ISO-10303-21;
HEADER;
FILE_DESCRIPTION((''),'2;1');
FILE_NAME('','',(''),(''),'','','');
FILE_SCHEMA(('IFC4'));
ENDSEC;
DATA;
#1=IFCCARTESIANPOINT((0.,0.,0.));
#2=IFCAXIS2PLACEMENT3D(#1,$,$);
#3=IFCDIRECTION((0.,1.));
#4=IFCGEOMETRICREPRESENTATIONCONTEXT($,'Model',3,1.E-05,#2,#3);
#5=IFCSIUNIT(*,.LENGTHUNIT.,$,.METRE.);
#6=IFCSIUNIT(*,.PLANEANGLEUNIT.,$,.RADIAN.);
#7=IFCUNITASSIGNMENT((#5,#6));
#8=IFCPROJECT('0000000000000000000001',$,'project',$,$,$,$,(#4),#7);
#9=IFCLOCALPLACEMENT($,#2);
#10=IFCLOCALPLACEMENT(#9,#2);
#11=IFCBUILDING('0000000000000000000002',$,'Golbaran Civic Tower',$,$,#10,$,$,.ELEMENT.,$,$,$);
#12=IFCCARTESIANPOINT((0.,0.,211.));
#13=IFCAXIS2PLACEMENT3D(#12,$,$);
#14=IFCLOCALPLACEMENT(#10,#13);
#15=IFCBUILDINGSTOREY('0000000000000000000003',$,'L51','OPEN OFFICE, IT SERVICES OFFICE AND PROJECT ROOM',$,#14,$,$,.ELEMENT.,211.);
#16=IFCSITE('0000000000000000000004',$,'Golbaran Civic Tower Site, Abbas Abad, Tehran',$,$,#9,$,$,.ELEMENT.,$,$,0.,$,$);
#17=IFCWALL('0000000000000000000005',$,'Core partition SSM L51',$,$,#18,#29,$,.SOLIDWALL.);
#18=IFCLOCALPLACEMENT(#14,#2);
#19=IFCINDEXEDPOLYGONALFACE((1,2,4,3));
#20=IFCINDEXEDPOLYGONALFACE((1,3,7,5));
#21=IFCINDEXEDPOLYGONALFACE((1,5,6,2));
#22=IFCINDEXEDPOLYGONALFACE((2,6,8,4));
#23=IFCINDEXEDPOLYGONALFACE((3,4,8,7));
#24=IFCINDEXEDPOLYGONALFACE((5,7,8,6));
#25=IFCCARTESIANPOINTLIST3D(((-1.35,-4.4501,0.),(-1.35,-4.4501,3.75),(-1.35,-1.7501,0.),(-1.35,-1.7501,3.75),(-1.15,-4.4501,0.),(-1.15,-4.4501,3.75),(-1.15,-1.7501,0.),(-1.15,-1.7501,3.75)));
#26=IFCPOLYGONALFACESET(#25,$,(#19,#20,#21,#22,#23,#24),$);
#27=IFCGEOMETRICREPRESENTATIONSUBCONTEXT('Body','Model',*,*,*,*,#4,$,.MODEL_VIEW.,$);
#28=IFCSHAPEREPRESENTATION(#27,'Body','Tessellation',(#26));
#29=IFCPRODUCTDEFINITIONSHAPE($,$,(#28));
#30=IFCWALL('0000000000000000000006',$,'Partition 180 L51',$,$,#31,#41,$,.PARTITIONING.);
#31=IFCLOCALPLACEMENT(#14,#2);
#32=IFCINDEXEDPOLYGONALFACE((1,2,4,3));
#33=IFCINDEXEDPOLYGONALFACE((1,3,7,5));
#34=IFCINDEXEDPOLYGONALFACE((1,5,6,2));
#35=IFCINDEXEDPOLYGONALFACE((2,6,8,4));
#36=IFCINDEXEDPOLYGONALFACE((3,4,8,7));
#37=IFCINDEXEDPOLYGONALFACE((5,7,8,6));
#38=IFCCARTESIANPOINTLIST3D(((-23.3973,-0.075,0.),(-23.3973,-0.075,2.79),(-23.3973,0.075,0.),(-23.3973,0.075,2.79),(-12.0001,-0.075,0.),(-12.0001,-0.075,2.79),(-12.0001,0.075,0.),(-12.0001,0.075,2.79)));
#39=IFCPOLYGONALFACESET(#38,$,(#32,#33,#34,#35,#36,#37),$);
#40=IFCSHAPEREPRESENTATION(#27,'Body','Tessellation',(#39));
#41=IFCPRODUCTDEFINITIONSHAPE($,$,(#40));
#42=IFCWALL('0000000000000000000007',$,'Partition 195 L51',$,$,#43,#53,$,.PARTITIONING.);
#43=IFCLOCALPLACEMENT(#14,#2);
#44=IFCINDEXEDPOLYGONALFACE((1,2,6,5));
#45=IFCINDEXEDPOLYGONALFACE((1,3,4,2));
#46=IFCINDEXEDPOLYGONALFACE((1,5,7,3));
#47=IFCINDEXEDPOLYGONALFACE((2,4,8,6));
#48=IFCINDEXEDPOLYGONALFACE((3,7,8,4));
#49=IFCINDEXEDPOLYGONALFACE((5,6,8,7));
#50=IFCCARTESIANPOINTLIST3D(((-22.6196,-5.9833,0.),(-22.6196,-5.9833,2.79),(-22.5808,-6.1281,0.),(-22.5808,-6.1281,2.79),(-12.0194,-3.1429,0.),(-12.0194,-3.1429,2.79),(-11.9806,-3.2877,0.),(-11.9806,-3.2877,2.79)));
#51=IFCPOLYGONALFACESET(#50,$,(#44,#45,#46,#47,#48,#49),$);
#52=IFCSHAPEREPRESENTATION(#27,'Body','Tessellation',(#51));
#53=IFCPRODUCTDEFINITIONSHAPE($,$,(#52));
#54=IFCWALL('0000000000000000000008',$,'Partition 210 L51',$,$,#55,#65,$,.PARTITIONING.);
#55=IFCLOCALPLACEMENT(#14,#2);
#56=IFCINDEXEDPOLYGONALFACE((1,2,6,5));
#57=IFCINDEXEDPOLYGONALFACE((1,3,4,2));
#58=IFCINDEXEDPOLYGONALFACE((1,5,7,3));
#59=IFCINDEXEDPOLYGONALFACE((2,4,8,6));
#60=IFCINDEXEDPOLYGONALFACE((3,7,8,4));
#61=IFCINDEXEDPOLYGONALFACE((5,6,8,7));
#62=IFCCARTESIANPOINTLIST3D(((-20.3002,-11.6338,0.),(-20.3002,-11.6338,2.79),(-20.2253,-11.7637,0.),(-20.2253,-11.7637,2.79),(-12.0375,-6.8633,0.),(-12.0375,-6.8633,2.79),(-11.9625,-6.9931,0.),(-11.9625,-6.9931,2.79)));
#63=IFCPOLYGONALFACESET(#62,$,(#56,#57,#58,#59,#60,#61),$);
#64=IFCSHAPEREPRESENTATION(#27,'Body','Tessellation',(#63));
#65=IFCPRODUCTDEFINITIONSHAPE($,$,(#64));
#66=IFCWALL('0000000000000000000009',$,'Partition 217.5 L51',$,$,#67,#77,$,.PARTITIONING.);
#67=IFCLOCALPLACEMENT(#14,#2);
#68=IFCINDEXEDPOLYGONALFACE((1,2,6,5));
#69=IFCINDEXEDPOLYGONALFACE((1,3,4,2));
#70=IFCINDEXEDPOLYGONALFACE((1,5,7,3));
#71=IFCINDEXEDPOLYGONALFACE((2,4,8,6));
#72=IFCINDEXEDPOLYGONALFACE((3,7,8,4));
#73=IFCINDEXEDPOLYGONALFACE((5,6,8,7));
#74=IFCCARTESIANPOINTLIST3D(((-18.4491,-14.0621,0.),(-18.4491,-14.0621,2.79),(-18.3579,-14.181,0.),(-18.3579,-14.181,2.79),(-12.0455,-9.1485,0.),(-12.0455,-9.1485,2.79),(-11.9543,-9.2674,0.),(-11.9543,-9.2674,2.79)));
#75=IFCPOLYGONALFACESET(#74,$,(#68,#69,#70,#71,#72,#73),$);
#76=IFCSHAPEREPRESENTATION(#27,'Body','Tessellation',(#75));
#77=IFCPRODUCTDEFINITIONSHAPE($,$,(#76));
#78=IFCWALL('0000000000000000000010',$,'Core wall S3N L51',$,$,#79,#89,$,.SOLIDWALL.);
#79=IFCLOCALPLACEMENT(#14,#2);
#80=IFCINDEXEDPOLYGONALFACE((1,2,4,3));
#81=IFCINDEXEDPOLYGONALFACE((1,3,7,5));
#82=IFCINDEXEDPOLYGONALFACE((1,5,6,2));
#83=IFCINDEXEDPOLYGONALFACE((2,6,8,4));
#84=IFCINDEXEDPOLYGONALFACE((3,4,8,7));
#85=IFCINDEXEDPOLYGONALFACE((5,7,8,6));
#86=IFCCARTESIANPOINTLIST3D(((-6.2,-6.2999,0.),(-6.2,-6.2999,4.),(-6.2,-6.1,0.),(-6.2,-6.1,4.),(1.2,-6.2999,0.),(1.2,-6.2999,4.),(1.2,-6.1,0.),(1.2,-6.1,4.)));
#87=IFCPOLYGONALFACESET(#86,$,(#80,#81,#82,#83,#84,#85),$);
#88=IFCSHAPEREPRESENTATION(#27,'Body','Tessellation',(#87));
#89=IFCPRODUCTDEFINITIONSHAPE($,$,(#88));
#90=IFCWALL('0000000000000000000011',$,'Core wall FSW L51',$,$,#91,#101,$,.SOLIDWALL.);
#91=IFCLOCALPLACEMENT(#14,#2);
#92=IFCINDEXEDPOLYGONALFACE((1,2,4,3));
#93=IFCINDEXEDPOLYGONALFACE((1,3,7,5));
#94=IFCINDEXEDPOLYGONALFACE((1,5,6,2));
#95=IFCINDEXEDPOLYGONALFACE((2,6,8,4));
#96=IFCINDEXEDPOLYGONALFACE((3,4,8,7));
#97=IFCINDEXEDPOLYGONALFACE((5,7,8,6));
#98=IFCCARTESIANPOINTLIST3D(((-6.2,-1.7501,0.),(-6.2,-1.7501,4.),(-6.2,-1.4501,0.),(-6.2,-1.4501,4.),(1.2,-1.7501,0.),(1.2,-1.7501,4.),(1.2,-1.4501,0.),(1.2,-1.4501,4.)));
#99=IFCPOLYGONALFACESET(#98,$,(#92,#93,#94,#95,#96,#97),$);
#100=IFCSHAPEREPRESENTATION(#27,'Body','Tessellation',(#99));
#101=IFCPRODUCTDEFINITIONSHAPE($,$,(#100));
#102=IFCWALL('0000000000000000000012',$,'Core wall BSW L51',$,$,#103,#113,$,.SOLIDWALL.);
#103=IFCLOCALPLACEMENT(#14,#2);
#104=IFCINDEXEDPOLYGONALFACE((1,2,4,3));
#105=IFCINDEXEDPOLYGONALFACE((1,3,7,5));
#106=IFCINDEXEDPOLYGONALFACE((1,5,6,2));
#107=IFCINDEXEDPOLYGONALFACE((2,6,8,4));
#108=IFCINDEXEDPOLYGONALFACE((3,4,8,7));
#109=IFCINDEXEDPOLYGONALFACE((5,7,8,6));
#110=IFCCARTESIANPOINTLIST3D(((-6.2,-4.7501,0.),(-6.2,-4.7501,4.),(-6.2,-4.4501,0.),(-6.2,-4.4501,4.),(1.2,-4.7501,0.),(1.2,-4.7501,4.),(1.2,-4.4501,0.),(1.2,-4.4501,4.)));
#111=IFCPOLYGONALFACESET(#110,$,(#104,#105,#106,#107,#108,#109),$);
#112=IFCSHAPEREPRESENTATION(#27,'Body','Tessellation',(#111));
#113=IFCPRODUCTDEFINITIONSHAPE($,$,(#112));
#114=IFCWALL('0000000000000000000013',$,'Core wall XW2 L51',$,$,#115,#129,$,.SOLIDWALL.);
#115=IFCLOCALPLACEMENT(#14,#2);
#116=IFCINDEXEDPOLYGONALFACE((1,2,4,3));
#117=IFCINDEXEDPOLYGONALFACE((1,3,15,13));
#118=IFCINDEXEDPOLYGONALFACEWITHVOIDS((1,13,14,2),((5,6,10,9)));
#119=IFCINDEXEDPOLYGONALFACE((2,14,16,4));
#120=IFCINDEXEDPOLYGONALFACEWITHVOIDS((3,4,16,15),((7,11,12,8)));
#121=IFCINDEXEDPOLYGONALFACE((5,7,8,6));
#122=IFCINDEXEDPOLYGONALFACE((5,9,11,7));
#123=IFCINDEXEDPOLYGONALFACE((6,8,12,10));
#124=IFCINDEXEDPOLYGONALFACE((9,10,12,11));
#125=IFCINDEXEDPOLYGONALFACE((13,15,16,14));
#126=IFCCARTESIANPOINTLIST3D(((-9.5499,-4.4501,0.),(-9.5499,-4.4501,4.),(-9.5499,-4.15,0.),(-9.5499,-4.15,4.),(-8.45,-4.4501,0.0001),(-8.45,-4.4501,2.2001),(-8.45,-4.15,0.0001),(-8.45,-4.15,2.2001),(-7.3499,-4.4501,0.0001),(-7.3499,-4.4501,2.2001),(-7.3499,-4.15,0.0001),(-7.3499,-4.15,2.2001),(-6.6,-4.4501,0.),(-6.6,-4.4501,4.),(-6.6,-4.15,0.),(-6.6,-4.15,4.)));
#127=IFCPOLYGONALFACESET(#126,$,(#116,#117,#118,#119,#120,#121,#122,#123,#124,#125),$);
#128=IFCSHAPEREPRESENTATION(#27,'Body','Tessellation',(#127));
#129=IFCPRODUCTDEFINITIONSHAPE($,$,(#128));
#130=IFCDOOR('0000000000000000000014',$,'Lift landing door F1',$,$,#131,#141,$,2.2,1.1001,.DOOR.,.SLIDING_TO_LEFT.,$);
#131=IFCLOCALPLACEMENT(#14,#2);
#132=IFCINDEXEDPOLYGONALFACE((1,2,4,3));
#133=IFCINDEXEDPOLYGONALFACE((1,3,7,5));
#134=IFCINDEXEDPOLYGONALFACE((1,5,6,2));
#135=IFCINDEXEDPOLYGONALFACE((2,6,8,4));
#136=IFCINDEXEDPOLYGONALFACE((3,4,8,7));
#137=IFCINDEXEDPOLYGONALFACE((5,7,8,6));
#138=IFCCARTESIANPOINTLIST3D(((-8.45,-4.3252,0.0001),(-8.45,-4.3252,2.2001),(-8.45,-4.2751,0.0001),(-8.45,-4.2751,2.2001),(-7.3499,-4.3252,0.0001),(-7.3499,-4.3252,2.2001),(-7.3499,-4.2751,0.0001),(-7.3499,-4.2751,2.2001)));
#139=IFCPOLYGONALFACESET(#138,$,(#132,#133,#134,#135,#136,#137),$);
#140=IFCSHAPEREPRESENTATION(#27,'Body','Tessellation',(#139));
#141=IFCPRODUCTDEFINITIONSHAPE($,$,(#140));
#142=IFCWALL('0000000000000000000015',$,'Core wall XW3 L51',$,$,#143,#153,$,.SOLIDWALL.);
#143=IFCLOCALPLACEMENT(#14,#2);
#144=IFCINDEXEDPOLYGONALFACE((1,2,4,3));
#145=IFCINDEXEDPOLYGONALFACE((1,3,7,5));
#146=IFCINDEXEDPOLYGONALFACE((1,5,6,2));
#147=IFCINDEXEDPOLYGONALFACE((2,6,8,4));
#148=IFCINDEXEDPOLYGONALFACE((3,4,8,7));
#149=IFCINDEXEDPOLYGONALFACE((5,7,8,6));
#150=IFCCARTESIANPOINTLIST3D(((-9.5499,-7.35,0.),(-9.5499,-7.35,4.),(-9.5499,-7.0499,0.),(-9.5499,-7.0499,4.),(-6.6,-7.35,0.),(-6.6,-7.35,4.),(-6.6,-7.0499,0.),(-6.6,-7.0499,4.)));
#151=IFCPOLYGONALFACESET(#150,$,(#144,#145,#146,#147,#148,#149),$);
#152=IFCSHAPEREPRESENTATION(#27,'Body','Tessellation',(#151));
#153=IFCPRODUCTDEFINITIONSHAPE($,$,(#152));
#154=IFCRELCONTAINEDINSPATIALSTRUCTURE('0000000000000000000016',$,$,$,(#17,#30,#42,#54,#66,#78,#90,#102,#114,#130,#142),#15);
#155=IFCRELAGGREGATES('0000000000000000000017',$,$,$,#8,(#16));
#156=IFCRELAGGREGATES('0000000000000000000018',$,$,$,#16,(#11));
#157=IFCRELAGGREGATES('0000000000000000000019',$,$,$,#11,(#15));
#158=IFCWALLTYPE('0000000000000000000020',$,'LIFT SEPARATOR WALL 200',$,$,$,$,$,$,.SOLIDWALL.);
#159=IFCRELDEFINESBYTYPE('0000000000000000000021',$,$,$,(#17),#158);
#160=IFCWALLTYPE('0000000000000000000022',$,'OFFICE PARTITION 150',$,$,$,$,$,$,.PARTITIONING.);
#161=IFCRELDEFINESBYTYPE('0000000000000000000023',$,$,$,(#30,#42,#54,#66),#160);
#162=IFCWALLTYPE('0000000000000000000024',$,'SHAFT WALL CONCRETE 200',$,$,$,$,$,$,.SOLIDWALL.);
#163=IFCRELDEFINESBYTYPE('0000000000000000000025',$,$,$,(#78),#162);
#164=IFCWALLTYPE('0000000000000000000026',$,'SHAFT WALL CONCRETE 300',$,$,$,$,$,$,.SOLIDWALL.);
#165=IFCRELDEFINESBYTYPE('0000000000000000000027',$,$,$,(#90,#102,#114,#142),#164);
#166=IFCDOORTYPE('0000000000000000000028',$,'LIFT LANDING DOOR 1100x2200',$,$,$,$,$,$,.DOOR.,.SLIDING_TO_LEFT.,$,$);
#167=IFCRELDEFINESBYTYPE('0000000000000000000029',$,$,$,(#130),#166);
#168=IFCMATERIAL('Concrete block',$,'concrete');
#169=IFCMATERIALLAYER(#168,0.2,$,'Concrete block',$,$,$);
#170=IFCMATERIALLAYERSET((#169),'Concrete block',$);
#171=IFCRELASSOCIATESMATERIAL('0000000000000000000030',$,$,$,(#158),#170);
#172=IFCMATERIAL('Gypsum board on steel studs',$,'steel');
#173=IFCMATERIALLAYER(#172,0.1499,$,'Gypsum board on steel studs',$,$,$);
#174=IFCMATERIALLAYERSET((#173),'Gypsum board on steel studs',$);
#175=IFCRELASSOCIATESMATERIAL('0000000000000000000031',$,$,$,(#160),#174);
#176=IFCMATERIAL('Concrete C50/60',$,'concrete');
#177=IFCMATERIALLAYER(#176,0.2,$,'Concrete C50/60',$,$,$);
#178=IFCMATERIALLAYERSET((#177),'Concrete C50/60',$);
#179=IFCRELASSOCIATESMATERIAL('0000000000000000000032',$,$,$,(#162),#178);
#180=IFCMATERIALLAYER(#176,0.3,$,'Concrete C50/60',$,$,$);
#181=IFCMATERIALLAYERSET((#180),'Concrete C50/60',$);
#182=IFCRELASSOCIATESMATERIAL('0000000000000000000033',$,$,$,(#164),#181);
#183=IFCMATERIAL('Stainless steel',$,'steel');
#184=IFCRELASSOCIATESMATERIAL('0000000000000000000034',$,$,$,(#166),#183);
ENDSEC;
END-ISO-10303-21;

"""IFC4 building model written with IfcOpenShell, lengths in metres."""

from ifc_helpers import new_model, si_unit, direction, frame, frame_2d, origin, place, context, subcontext, project, spatial, rectangle, extrude, material, layer, layer_set, type_object, element, fill, save


model = new_model("IFC4")

# Units and contexts
model_context = context("Model", 3, precision=1e-05, world=origin(), true_north=direction((0.0, 1.0)))
body_context = subcontext(model_context, "Body", "Model", "MODEL_VIEW")
ifc_project = project(units=[si_unit("LENGTHUNIT", "METRE"), si_unit("PLANEANGLEUNIT", "RADIAN")], contexts=[model_context])

# Site, building, storey
site_placement = place(None, origin())
site = spatial("IfcSite", under=ifc_project, at=site_placement, Name="Golbaran Civic Tower Site, Abbas Abad, Tehran", CompositionType="ELEMENT", RefElevation=0.0)
building_placement = place(site_placement, origin())
building = spatial("IfcBuilding", under=site, at=building_placement, Name="Golbaran Civic Tower", CompositionType="ELEMENT")
storey_placement = place(building_placement, frame((0.0, 0.0, 211.0)))
storey = spatial("IfcBuildingStorey", under=building, at=storey_placement, Name="L51", Description="OPEN OFFICE, IT SERVICES OFFICE AND PROJECT ROOM", CompositionType="ELEMENT", Elevation=211.0)

# Shared definitions
ifc_material_1 = material(Name="Concrete C50/60", Category="concrete")

# Walls
ifc_material_2 = material(Name="Concrete block", Category="concrete")
ifc_layer_1 = layer(ifc_material_2, 0.2, Name="Concrete block")
ifc_layer_set_1 = layer_set([ifc_layer_1], Name="Concrete block")
wall_type_1 = type_object("IfcWallType", Name="LIFT SEPARATOR WALL 200", PredefinedType="SOLIDWALL", material=ifc_layer_set_1)
for number, where, z_axis, x_axis, name in (
    (1, (-1.25, -1.75, 0.0), (0.0, 0.0, 1.0), (0.0, -1.0, 0.0), "Core partition SSM L51"),
):
    element("IfcWall", number, at=place(storey_placement, frame(where, z_axis=z_axis, x_axis=x_axis)), inside=storey, type_object=wall_type_1, Name=name, PredefinedType="SOLIDWALL", context=body_context, shape_type="SweptSolid", body=[
        extrude(rectangle(XDim=2.7, YDim=0.2, at=frame_2d((1.3501, 0.0))), origin(), (0.0, 0.0, 1.0), 3.75),
    ])
ifc_material_3 = material(Name="Gypsum board on steel studs", Category="steel")
ifc_layer_2 = layer(ifc_material_3, 0.1499, Name="Gypsum board on steel studs")
ifc_layer_set_2 = layer_set([ifc_layer_2], Name="Gypsum board on steel studs")
wall_type_2 = type_object("IfcWallType", Name="OFFICE PARTITION 150", PredefinedType="PARTITIONING", material=ifc_layer_set_2)
wall_1_placement = place(storey_placement, frame((-12.0, 0.0, 0.0), z_axis=(0.0, 0.0, 1.0), x_axis=(-1.0, 0.0, 0.0)))
element("IfcWall", 2, at=wall_1_placement, inside=storey, type_object=wall_type_2, Name="Partition 180 L51", PredefinedType="PARTITIONING", context=body_context, shape_type="SweptSolid", body=[
    extrude(rectangle(XDim=11.3972, YDim=0.1499, at=frame_2d((5.6987, 0.0))), origin(), (0.0, 0.0, 1.0), 2.79),
])
wall_2_placement = place(storey_placement, frame((-12.0, -3.2153, 0.0), z_axis=(0.0, 0.0, 1.0), x_axis=(-0.965925, -0.258823, 0.0)))
element("IfcWall", 3, at=wall_2_placement, inside=storey, type_object=wall_type_2, Name="Partition 195 L51", PredefinedType="PARTITIONING", context=body_context, shape_type="SweptSolid", body=[
    extrude(rectangle(XDim=10.9741, YDim=0.1499, at=frame_2d((5.4871, 0.0))), origin(), (0.0, 0.0, 1.0), 2.79),
])
wall_3_placement = place(storey_placement, frame((-12.0, -6.9282, 0.0), z_axis=(0.0, 0.0, 1.0), x_axis=(-0.866024, -0.500003, 0.0)))
element("IfcWall", 4, at=wall_3_placement, inside=storey, type_object=wall_type_2, Name="Partition 210 L51", PredefinedType="PARTITIONING", context=body_context, shape_type="SweptSolid", body=[
    extrude(rectangle(XDim=9.541, YDim=0.1499, at=frame_2d((4.7705, 0.0))), origin(), (0.0, 0.0, 1.0), 2.79),
])
wall_4_placement = place(storey_placement, frame((-12.0, -9.208, 0.0), z_axis=(0.0, 0.0, 1.0), x_axis=(-0.793357, -0.608757, 0.0)))
element("IfcWall", 5, at=wall_4_placement, inside=storey, type_object=wall_type_2, Name="Partition 217.5 L51", PredefinedType="PARTITIONING", context=body_context, shape_type="SweptSolid", body=[
    extrude(rectangle(XDim=8.0715, YDim=0.1499, at=frame_2d((4.0356, 0.0))), origin(), (0.0, 0.0, 1.0), 2.79),
])
ifc_layer_3 = layer(ifc_material_1, 0.2, Name="Concrete C50/60")
ifc_layer_set_3 = layer_set([ifc_layer_3], Name="Concrete C50/60")
wall_type_3 = type_object("IfcWallType", Name="SHAFT WALL CONCRETE 200", PredefinedType="SOLIDWALL", material=ifc_layer_set_3)
wall_5_placement = place(storey_placement, frame((-6.2, -6.2, 0.0), z_axis=(0.0, 0.0, 1.0), x_axis=(1.0, 0.0, 0.0)))
element("IfcWall", 6, at=wall_5_placement, inside=storey, type_object=wall_type_3, Name="Core wall S3N L51", PredefinedType="SOLIDWALL", context=body_context, shape_type="SweptSolid", body=[
    extrude(rectangle(XDim=7.3999, YDim=0.2, at=frame_2d((3.7, 0.0))), origin(), (0.0, 0.0, 1.0), 4.0),
])
ifc_layer_4 = layer(ifc_material_1, 0.3, Name="Concrete C50/60")
ifc_layer_set_4 = layer_set([ifc_layer_4], Name="Concrete C50/60")
wall_type_4 = type_object("IfcWallType", Name="SHAFT WALL CONCRETE 300", PredefinedType="SOLIDWALL", material=ifc_layer_set_4)
for number, where, z_axis, x_axis, name in (
    (7, (-6.2, -1.6001, 0.0), (0.0, 0.0, 1.0), (1.0, 0.0, 0.0), "Core wall FSW L51"),
    (8, (-6.2, -4.6001, 0.0), (0.0, 0.0, 1.0), (1.0, 0.0, 0.0), "Core wall BSW L51"),
):
    element("IfcWall", number, at=place(storey_placement, frame(where, z_axis=z_axis, x_axis=x_axis)), inside=storey, type_object=wall_type_4, Name=name, PredefinedType="SOLIDWALL", context=body_context, shape_type="SweptSolid", body=[
        extrude(rectangle(XDim=7.3999, YDim=0.3, at=frame_2d((3.7, 0.0))), origin(), (0.0, 0.0, 1.0), 4.0),
    ])

# Wall, opening, door
wall_6_placement = place(storey_placement, frame((-9.55, -4.3, 0.0), z_axis=(0.0, 0.0, 1.0), x_axis=(1.0, 0.0, 0.0)))
wall_6 = element("IfcWall", 9, at=wall_6_placement, inside=storey, type_object=wall_type_4, Name="Core wall XW2 L51", PredefinedType="SOLIDWALL", context=body_context, shape_type="SweptSolid", body=[
    extrude(rectangle(XDim=2.95, YDim=0.3, at=frame_2d((1.4751, 0.0))), origin(), (0.0, 0.0, 1.0), 4.0),
])
opening_1_placement = place(wall_6_placement, frame((1.1001, 0.0, 0.0)))
opening_1 = element("IfcOpeningElement", 10, at=opening_1_placement, cuts=wall_6, PredefinedType="OPENING", context=body_context, shape_type="SweptSolid", body=[
    extrude(rectangle(XDim=1.1001, YDim=2.2, at=frame_2d((0.55, 1.1001))), frame((0.0, 0.1599, 0.0), z_axis=(0.0, -1.0, 0.0), x_axis=(1.0, 0.0, 0.0)), (0.0, 0.0, 1.0), 0.3201),
])
ifc_material_4 = material(Name="Stainless steel", Category="steel")
door_type_1 = type_object("IfcDoorType", Name="LIFT LANDING DOOR 1100x2200", OperationType="SLIDING_TO_LEFT", PredefinedType="DOOR", material=ifc_material_4)
door_1_placement = place(opening_1_placement, origin())
door_1 = element("IfcDoor", 11, at=door_1_placement, inside=storey, type_object=door_type_1, Name="Lift landing door F1", OperationType="SLIDING_TO_LEFT", OverallHeight=2.2, OverallWidth=1.1001, PredefinedType="DOOR", context=body_context, shape_type="SweptSolid", body=[
    extrude(rectangle(XDim=1.1001, YDim=2.2, at=frame_2d((0.55, 1.1001))), frame((0.0, 0.0249, 0.0), z_axis=(0.0, -1.0, 0.0), x_axis=(1.0, 0.0, 0.0)), (0.0, 0.0, 1.0), 0.05),
])
fill(opening_1, door_1)

# Wall
wall_7_placement = place(storey_placement, frame((-9.55, -7.2, 0.0), z_axis=(0.0, 0.0, 1.0), x_axis=(1.0, 0.0, 0.0)))
element("IfcWall", 12, at=wall_7_placement, inside=storey, type_object=wall_type_4, Name="Core wall XW3 L51", PredefinedType="SOLIDWALL", context=body_context, shape_type="SweptSolid", body=[
    extrude(rectangle(XDim=2.95, YDim=0.3, at=frame_2d((1.4751, 0.0))), origin(), (0.0, 0.0, 1.0), 4.0),
])

save(model, "model.ifc")
